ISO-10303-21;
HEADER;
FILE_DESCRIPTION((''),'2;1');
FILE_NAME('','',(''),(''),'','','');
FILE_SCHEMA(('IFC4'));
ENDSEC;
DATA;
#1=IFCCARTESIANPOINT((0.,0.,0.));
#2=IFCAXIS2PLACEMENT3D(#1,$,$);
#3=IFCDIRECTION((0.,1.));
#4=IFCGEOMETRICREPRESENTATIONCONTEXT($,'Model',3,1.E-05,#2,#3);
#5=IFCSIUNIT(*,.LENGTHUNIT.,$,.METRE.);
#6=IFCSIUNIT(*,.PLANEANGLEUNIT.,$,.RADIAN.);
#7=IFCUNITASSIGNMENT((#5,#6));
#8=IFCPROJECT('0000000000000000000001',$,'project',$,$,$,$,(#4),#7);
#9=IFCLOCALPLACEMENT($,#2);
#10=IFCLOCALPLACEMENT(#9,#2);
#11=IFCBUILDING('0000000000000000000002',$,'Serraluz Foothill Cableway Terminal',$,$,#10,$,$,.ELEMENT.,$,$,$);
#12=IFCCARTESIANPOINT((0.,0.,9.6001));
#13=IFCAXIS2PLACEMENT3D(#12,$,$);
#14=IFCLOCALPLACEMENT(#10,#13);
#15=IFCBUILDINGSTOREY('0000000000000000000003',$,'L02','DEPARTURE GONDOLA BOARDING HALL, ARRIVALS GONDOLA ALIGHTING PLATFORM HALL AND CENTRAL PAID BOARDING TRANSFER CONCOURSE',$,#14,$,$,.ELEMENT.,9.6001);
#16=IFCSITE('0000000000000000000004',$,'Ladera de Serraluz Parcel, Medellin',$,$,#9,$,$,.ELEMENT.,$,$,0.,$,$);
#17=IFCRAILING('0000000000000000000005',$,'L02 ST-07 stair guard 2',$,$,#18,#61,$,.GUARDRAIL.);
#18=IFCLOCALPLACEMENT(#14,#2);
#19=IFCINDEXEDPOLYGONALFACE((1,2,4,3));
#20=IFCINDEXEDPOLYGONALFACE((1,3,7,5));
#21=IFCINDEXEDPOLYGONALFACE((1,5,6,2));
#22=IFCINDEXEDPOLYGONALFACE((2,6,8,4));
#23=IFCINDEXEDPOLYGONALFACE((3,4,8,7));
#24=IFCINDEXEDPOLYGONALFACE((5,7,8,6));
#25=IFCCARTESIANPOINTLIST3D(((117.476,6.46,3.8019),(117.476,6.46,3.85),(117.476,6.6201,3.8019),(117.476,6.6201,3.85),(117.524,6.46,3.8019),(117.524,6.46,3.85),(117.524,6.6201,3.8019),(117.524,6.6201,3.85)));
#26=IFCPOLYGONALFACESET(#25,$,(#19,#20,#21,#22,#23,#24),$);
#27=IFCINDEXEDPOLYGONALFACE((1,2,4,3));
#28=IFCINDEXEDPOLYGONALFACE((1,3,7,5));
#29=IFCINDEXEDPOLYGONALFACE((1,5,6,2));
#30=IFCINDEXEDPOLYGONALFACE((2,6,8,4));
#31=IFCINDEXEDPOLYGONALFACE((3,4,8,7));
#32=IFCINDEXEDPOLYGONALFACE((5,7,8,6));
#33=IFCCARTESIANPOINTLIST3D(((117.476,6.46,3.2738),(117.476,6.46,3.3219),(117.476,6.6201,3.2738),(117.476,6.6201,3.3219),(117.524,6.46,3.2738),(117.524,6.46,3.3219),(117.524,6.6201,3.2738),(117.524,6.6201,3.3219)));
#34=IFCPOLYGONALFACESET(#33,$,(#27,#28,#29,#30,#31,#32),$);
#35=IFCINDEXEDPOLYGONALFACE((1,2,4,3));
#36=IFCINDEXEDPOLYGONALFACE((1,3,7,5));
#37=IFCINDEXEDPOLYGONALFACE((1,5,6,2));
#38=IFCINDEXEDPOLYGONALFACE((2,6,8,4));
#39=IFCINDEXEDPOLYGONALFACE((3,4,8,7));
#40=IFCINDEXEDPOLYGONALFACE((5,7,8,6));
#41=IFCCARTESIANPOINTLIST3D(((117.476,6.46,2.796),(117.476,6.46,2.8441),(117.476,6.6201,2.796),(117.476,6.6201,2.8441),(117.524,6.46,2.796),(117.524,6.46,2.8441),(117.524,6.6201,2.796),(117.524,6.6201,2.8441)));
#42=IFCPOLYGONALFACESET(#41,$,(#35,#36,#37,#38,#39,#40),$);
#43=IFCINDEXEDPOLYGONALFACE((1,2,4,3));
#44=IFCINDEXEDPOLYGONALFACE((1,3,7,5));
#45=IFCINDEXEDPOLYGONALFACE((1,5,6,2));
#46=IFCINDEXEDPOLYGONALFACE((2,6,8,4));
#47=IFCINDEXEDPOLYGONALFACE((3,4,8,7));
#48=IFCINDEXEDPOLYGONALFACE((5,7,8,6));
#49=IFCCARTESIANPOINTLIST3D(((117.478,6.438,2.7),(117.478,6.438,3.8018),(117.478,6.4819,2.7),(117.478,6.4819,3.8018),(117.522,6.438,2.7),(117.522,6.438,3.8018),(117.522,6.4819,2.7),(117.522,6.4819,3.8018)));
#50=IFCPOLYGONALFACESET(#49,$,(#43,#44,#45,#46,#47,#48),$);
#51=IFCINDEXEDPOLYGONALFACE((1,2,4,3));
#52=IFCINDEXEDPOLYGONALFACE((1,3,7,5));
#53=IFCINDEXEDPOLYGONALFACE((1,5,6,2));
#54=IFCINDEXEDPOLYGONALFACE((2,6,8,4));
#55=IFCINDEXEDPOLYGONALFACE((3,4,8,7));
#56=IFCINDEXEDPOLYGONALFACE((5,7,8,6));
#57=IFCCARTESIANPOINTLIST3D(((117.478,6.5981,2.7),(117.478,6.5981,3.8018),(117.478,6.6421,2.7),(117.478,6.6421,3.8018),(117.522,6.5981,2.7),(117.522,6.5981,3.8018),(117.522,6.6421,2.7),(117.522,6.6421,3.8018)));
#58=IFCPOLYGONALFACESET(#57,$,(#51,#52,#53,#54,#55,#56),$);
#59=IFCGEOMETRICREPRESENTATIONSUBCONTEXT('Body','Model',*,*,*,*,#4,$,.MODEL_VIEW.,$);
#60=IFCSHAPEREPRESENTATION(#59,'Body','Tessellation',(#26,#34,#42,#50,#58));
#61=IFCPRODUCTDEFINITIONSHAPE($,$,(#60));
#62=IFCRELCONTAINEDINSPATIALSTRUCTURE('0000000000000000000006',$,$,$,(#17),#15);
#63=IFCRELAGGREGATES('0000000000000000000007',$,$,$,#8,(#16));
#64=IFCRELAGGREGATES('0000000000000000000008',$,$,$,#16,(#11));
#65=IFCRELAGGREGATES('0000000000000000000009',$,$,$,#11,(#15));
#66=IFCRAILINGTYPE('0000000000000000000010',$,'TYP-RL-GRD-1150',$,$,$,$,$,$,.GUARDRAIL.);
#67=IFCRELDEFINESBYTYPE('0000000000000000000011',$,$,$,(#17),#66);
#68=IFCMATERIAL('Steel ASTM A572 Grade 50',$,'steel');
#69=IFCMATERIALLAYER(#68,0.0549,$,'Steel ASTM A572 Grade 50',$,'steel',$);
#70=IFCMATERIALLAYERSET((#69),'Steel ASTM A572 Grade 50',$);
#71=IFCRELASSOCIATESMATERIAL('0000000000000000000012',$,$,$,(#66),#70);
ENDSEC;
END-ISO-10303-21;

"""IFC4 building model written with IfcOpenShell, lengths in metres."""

from ifc_helpers import new_model, si_unit, direction, frame, origin, origin_2d, place, context, subcontext, project, spatial, rectangle, extrude, material, layer, layer_set, type_object, element, save


model = new_model("IFC4")

# Units and contexts
model_context = context("Model", 3, precision=1e-05, world=origin(), true_north=direction((0.0, 1.0)))
body_context = subcontext(model_context, "Body", "Model", "MODEL_VIEW")
ifc_project = project(units=[si_unit("LENGTHUNIT", "METRE"), si_unit("PLANEANGLEUNIT", "RADIAN")], contexts=[model_context])

# Site, building, storey
site_placement = place(None, origin())
site = spatial("IfcSite", under=ifc_project, at=site_placement, Name="Ladera de Serraluz Parcel, Medellin", CompositionType="ELEMENT", RefElevation=0.0)
building_placement = place(site_placement, origin())
building = spatial("IfcBuilding", under=site, at=building_placement, Name="Serraluz Foothill Cableway Terminal", CompositionType="ELEMENT")
storey_placement = place(building_placement, frame((0.0, 0.0, 9.6001)))
storey = spatial("IfcBuildingStorey", under=building, at=storey_placement, Name="L02", Description="DEPARTURE GONDOLA BOARDING HALL, ARRIVALS GONDOLA ALIGHTING PLATFORM HALL AND CENTRAL PAID BOARDING TRANSFER CONCOURSE", CompositionType="ELEMENT", Elevation=9.6001)

# Shared definitions
ifc_material_1 = material(Name="Steel ASTM A572 Grade 50", Category="steel")

# Railing
ifc_layer_1 = layer(ifc_material_1, 0.0549, Name="Steel ASTM A572 Grade 50", Category="steel")
ifc_layer_set_1 = layer_set([ifc_layer_1], Name="Steel ASTM A572 Grade 50")
railing_type_1 = type_object("IfcRailingType", Name="TYP-RL-GRD-1150", PredefinedType="GUARDRAIL", material=ifc_layer_set_1)
railing_1_placement = place(storey_placement, frame((117.5, 6.46, 2.7)))
element("IfcRailing", 1, at=railing_1_placement, inside=storey, type_object=railing_type_1, Name="L02 ST-07 stair guard 2", PredefinedType="GUARDRAIL", context=body_context, shape_type="SweptSolid", body=[
    extrude(rectangle(XDim=0.0481, YDim=0.0481, at=origin_2d()), frame((0.0, 0.0, 1.126), z_axis=(0.0, 1.0, 0.0), x_axis=(-1.0, 0.0, 0.0)), (0.0, 0.0, 1.0), 0.1602),
    extrude(rectangle(XDim=0.0481, YDim=0.0481, at=origin_2d()), frame((0.0, 0.0, 0.5979), z_axis=(0.0, 1.0, 0.0), x_axis=(-1.0, 0.0, 0.0)), (0.0, 0.0, 1.0), 0.1602),
    extrude(rectangle(XDim=0.0481, YDim=0.0481, at=origin_2d()), frame((0.0, 0.0, 0.1201), z_axis=(0.0, 1.0, 0.0), x_axis=(-1.0, 0.0, 0.0)), (0.0, 0.0, 1.0), 0.1602),
    extrude(rectangle(XDim=0.0439, YDim=0.0439, at=origin_2d()), origin(), (0.0, 0.0, 1.0), 1.1018),
    extrude(rectangle(XDim=0.0439, YDim=0.0439, at=origin_2d()), frame((0.0, 0.1602, 0.0)), (0.0, 0.0, 1.0), 1.1018),
])

save(model, "model.ifc")
